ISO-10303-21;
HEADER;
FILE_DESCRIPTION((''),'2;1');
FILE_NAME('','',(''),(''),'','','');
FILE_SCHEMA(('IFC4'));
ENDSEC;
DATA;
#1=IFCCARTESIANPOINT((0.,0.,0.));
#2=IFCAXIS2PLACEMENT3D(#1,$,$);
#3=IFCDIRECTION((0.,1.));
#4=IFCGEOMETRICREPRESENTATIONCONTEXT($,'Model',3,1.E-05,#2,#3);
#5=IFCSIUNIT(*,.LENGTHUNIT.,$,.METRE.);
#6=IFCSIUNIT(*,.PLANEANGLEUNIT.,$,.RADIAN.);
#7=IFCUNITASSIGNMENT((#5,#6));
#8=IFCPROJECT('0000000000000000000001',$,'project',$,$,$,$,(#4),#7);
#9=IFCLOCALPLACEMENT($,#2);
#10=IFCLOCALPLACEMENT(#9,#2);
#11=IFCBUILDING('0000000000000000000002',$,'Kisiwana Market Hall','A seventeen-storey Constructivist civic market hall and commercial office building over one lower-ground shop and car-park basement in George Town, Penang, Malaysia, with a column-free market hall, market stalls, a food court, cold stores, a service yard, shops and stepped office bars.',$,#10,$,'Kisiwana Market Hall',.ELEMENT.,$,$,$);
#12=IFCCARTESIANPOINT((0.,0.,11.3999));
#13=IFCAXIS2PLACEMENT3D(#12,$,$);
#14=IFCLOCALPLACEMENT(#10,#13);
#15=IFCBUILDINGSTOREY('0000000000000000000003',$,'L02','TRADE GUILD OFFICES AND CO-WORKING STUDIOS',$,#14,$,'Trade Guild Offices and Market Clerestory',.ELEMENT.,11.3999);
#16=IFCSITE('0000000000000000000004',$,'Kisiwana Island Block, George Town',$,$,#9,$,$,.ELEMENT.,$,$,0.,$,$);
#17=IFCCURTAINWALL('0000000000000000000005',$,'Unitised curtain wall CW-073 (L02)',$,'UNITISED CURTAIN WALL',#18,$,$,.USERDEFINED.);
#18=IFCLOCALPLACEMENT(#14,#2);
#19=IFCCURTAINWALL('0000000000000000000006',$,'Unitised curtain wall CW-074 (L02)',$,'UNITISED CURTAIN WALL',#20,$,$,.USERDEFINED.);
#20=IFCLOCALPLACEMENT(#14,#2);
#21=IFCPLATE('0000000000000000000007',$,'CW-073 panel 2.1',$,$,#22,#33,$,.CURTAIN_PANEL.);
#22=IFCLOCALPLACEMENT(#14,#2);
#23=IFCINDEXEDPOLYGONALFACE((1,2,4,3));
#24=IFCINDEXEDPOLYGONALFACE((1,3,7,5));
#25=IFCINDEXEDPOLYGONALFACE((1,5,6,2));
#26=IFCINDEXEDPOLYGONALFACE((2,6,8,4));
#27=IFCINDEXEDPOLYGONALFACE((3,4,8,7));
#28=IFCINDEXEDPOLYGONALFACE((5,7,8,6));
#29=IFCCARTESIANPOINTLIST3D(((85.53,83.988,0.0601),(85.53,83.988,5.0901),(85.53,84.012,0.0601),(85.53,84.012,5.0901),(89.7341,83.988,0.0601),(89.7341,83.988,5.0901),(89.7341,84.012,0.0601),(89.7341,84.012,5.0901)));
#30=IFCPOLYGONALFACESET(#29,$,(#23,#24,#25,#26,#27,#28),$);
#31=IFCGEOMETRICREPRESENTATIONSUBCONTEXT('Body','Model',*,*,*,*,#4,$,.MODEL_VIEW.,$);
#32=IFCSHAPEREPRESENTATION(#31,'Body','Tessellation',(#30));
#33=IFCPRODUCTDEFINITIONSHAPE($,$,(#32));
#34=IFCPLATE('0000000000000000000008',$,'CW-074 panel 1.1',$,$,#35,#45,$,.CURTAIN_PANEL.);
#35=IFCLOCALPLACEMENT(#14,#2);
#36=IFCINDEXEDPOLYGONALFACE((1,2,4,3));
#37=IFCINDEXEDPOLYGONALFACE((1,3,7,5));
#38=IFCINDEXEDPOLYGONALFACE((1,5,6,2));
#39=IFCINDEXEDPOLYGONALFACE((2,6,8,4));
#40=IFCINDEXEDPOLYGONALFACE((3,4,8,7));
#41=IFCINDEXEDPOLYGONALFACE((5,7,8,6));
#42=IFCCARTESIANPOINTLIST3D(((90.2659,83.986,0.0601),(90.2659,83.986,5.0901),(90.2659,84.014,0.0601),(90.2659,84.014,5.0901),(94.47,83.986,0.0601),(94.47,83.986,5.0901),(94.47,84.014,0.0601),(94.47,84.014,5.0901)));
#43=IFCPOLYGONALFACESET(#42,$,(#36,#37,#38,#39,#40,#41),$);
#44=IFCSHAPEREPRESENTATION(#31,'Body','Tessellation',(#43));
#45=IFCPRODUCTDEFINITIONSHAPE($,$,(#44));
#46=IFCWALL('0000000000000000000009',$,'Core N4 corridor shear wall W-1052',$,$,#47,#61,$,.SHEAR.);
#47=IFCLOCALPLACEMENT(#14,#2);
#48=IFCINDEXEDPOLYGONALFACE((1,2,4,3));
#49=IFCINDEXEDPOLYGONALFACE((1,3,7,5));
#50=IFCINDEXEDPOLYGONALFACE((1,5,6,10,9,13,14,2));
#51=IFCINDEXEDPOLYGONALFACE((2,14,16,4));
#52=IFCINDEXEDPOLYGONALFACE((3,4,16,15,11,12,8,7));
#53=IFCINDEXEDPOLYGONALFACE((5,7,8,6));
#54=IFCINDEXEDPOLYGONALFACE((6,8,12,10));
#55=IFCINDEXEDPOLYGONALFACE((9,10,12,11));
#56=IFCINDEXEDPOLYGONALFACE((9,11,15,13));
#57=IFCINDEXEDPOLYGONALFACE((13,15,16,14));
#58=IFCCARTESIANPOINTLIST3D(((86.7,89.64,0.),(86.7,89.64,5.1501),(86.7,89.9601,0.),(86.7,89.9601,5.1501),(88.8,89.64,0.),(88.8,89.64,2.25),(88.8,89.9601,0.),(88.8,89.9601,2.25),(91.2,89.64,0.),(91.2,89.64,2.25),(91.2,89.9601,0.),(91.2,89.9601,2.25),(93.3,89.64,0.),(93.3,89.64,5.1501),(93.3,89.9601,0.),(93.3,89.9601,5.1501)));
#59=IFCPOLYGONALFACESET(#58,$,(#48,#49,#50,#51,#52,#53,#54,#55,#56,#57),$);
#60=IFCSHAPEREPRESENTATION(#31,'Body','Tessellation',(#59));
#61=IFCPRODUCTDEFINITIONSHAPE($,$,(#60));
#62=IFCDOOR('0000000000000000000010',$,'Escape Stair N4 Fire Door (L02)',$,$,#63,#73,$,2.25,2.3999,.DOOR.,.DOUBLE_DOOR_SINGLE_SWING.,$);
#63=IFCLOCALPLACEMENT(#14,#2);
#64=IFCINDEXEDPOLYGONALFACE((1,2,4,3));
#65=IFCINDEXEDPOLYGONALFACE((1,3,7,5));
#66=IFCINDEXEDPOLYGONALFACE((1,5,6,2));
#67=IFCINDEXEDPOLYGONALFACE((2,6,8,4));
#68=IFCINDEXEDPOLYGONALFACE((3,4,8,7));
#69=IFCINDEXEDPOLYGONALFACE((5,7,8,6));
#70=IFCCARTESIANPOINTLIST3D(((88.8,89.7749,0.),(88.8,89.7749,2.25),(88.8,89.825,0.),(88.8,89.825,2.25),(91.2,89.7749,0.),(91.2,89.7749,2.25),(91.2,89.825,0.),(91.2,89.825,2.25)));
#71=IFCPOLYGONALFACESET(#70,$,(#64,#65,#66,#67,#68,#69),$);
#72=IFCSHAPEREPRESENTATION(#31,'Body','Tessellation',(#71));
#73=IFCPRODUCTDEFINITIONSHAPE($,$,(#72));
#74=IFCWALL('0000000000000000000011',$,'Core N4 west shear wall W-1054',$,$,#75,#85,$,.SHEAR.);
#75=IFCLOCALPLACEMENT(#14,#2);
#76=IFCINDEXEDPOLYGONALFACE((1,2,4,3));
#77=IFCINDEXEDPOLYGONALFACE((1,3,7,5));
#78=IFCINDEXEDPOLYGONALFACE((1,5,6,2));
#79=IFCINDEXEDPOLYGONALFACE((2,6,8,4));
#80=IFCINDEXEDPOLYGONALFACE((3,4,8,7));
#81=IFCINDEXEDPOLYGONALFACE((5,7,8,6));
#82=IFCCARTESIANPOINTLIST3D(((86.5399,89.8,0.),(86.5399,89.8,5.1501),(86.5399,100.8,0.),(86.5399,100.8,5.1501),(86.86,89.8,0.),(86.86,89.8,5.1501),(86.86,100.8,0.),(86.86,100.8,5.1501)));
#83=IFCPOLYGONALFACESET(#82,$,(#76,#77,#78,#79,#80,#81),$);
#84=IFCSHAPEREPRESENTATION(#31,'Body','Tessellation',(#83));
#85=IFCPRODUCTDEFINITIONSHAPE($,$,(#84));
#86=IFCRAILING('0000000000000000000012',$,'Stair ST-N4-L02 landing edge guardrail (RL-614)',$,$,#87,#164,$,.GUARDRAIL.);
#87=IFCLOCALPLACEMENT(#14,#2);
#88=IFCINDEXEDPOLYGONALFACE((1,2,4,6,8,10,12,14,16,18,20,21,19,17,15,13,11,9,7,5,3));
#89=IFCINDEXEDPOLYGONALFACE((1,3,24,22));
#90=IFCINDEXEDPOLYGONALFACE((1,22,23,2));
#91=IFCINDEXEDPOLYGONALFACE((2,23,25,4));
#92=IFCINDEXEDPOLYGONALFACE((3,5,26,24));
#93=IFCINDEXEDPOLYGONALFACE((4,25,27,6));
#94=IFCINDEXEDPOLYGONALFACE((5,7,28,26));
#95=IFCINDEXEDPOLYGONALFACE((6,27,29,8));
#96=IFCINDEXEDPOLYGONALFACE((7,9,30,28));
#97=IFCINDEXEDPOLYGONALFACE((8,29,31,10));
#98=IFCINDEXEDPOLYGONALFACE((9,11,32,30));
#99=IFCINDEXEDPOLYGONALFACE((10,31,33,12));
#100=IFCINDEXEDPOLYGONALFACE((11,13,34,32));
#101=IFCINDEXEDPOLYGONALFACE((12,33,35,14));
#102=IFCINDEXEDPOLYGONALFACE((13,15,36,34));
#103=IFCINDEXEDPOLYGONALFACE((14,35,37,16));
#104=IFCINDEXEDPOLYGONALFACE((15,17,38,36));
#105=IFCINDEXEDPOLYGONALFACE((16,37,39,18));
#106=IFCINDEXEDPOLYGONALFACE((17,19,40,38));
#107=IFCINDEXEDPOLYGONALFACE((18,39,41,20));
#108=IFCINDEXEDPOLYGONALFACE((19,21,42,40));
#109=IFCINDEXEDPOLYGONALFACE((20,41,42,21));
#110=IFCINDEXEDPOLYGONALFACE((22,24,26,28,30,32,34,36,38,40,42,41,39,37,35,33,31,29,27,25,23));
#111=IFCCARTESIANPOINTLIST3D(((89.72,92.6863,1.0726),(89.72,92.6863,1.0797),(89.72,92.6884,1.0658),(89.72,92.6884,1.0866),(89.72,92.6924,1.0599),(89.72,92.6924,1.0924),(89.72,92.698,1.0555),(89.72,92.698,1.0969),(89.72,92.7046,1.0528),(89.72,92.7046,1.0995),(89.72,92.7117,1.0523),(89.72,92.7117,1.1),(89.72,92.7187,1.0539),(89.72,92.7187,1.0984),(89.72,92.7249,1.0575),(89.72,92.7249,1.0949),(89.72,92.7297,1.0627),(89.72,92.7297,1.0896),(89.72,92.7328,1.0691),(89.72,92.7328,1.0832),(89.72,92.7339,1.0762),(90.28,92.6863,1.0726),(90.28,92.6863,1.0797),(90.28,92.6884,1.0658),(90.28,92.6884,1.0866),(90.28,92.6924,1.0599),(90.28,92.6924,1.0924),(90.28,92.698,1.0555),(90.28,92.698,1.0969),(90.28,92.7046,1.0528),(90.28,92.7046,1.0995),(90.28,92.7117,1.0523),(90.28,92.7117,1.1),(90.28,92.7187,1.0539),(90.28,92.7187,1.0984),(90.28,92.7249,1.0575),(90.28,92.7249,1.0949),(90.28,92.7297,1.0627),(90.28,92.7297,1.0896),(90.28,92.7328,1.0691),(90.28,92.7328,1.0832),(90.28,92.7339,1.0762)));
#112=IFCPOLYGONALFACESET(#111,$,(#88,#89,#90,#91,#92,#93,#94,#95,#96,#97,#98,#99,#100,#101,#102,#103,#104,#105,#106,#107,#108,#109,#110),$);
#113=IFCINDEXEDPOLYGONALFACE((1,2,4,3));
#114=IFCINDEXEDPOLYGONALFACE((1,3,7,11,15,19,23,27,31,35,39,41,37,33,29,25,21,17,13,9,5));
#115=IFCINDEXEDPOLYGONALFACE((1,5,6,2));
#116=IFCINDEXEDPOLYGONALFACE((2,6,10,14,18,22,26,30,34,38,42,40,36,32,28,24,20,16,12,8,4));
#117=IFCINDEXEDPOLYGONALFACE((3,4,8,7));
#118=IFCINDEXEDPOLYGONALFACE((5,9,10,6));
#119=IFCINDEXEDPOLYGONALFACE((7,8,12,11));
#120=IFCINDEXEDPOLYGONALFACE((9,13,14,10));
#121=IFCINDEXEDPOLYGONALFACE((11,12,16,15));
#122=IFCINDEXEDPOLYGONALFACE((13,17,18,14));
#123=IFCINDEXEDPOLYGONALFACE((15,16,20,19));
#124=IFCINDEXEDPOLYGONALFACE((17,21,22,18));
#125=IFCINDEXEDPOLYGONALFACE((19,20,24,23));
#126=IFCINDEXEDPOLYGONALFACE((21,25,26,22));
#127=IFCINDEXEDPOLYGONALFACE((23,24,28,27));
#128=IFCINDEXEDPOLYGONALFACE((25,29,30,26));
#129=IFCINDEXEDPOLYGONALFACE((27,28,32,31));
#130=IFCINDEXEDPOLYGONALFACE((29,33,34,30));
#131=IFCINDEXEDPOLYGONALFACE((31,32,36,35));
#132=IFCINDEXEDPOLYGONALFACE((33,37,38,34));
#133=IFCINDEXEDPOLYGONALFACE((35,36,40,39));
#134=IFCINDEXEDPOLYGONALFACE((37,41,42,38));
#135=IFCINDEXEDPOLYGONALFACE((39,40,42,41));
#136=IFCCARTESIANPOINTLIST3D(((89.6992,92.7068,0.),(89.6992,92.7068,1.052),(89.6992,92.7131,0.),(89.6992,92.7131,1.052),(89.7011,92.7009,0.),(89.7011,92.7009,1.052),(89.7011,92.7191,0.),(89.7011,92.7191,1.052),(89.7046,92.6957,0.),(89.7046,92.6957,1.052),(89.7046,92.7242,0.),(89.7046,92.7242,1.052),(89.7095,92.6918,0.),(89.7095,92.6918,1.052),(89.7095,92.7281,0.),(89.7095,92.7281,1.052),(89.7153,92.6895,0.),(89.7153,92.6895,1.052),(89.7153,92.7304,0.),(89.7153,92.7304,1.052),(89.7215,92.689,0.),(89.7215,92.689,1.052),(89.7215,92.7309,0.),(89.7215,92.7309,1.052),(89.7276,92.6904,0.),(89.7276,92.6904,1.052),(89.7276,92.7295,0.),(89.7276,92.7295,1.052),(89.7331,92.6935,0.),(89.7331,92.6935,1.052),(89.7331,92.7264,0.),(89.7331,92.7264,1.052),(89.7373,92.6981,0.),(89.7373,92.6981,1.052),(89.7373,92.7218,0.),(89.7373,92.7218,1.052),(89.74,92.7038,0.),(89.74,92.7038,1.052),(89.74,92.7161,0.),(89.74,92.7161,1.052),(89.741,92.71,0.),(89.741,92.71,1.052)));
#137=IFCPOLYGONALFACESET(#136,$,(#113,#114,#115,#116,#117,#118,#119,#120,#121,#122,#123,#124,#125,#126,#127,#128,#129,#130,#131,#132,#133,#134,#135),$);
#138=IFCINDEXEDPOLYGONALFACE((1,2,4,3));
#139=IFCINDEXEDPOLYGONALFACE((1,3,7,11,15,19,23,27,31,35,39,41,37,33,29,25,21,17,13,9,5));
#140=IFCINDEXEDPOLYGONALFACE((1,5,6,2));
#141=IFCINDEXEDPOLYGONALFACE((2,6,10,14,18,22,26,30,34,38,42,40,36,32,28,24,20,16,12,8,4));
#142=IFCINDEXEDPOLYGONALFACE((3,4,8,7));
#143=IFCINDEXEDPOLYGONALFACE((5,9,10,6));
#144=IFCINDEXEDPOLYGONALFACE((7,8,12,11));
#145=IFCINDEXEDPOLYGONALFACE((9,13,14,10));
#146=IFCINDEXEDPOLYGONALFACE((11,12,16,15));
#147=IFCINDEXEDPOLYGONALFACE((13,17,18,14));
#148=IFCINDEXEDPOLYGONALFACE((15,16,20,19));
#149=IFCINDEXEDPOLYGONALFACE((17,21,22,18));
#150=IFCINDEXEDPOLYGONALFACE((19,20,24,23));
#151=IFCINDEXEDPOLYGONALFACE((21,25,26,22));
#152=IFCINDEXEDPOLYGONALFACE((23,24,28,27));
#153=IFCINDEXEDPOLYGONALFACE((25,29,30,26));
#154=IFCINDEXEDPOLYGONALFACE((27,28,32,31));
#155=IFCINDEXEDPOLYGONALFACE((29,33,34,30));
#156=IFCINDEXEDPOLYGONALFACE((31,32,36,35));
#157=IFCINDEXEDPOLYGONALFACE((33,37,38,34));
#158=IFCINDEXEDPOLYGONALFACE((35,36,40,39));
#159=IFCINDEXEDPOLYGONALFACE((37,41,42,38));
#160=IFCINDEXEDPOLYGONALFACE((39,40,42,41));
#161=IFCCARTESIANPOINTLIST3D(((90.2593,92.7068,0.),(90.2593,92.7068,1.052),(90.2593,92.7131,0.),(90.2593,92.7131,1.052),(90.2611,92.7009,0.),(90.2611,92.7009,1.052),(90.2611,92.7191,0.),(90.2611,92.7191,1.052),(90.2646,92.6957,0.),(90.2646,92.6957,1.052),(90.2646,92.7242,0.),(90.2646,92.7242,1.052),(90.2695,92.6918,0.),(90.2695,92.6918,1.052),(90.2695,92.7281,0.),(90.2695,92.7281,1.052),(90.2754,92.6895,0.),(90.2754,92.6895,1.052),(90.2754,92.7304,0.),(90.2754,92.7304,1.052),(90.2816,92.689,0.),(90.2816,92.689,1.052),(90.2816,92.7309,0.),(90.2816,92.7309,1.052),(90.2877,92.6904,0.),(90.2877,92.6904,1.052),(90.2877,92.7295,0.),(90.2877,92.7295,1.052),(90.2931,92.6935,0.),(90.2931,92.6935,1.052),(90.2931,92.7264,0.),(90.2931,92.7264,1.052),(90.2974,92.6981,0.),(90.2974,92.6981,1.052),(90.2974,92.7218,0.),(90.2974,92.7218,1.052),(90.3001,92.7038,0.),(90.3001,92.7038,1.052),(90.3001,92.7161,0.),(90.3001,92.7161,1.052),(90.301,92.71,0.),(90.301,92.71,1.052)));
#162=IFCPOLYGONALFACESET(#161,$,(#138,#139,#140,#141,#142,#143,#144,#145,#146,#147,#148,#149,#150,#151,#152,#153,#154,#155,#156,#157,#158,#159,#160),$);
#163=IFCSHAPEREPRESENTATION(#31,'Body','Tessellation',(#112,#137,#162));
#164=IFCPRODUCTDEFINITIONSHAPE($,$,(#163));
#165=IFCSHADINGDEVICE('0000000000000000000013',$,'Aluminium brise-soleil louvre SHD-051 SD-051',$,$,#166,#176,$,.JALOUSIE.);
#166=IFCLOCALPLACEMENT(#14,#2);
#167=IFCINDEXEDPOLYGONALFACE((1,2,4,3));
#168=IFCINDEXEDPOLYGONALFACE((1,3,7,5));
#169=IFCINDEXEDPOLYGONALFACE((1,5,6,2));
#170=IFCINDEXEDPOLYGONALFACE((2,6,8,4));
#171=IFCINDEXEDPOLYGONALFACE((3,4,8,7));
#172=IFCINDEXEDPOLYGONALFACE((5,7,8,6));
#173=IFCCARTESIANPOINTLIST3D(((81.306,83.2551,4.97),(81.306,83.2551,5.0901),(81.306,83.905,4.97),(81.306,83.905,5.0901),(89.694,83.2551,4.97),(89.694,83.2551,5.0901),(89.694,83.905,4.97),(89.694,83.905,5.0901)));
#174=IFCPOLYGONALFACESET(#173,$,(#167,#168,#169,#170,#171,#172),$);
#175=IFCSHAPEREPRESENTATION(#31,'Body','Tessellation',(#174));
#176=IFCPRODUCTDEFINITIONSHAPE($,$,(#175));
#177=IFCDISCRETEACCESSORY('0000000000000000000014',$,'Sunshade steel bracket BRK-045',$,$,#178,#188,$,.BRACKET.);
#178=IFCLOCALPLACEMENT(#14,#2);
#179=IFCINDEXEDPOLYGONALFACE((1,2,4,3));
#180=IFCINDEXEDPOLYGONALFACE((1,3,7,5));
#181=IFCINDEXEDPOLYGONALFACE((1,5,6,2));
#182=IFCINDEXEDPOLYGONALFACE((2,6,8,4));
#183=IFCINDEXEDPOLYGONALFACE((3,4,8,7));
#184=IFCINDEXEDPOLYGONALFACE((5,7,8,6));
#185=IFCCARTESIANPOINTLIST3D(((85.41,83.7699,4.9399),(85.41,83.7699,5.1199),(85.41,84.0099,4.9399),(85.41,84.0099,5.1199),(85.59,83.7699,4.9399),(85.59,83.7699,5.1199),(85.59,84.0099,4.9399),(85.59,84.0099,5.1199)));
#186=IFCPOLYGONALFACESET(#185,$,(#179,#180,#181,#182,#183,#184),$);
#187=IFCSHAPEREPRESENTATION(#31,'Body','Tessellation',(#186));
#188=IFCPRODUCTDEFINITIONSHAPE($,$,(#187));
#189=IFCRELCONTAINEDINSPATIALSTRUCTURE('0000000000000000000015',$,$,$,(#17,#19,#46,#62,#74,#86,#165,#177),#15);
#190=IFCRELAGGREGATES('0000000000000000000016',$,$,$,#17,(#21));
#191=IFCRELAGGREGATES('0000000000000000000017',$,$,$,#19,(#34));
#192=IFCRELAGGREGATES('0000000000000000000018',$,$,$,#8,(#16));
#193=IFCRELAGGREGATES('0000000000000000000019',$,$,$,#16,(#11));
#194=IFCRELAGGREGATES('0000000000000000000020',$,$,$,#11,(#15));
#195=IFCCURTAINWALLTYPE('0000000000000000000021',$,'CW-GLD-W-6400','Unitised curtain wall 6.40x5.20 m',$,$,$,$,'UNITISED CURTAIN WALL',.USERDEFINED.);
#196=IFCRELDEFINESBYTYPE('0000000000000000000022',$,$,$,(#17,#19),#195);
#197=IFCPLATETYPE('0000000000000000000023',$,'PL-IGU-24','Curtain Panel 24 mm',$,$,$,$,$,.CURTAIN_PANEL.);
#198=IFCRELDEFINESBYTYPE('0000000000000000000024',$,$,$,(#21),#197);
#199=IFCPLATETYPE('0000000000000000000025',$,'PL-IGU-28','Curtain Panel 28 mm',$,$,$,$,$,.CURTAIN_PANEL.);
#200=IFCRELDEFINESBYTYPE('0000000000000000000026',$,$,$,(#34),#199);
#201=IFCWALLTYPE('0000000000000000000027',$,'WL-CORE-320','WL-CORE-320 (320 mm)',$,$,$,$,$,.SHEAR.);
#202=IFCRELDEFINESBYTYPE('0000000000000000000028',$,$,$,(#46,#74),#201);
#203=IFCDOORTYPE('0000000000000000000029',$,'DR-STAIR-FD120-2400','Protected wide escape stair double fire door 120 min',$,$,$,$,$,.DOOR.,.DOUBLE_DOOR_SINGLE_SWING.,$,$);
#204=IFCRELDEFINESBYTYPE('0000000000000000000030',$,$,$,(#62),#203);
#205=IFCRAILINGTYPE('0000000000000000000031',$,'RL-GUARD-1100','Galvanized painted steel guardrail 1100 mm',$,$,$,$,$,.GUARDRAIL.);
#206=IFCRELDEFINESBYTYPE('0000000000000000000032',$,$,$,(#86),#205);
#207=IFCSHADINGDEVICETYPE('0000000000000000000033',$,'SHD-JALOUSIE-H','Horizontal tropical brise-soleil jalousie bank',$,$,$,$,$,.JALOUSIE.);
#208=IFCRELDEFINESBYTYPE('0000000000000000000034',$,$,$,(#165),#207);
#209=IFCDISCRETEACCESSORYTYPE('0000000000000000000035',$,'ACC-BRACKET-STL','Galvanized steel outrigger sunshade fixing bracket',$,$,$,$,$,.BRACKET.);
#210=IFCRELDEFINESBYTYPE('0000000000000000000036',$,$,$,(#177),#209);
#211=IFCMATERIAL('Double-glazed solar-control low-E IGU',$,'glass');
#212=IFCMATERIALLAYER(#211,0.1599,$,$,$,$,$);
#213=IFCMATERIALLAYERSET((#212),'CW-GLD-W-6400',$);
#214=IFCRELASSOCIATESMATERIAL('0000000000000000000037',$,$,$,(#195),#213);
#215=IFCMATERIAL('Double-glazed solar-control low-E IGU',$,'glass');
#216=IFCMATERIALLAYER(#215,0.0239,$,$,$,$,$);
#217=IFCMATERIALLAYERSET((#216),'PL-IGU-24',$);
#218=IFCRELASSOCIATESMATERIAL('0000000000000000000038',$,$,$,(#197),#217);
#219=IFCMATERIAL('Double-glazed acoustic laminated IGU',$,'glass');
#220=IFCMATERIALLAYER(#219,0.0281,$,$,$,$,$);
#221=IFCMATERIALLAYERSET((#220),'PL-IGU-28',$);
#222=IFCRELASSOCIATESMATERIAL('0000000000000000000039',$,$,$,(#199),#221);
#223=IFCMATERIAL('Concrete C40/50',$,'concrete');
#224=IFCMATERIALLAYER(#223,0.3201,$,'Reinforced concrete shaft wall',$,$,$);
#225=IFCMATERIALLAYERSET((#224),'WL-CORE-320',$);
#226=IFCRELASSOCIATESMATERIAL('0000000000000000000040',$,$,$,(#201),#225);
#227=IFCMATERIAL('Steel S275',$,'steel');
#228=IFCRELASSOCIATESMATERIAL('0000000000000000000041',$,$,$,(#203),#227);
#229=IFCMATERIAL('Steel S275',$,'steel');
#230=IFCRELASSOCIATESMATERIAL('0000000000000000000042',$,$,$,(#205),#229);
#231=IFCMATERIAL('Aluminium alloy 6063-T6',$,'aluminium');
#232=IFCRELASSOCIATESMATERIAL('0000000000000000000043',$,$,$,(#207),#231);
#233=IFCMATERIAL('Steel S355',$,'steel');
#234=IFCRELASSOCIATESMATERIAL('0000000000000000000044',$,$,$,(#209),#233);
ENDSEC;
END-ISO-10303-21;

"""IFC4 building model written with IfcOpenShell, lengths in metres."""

from ifc_helpers import new_model, si_unit, direction, frame, frame_2d, origin, origin_2d, place, context, subcontext, project, spatial, rectangle, circle, extrude, material, layer, layer_set, type_object, element, fill, aggregate, save


model = new_model("IFC4")

# Units and contexts
model_context = context("Model", 3, precision=1e-05, world=origin(), true_north=direction((0.0, 1.0)))
body_context = subcontext(model_context, "Body", "Model", "MODEL_VIEW")
ifc_project = project(units=[si_unit("LENGTHUNIT", "METRE"), si_unit("PLANEANGLEUNIT", "RADIAN")], contexts=[model_context])

# Site, building, storey
site_placement = place(None, origin())
site = spatial("IfcSite", under=ifc_project, at=site_placement, Name="Kisiwana Island Block, George Town", CompositionType="ELEMENT", RefElevation=0.0)
building_placement = place(site_placement, origin())
building = spatial("IfcBuilding", under=site, at=building_placement, Name="Kisiwana Market Hall", Description="A seventeen-storey Constructivist civic market hall and commercial office building over one lower-ground shop and car-park basement in George Town, Penang, Malaysia, with a column-free market hall, market stalls, a food court, cold stores, a service yard, shops and stepped office bars.", LongName="Kisiwana Market Hall", CompositionType="ELEMENT")
storey_placement = place(building_placement, frame((0.0, 0.0, 11.3999)))
storey = spatial("IfcBuildingStorey", under=building, at=storey_placement, Name="L02", Description="TRADE GUILD OFFICES AND CO-WORKING STUDIOS", LongName="Trade Guild Offices and Market Clerestory", CompositionType="ELEMENT", Elevation=11.3999)

# Curtain wall
ifc_material_1 = material(Name="Double-glazed solar-control low-E IGU", Category="glass")
ifc_layer_1 = layer(ifc_material_1, 0.1599)
ifc_layer_set_1 = layer_set([ifc_layer_1], Name="CW-GLD-W-6400")
curtain_wall_type = type_object("IfcCurtainWallType", Name="CW-GLD-W-6400", Description="Unitised curtain wall 6.40x5.20 m", ElementType="UNITISED CURTAIN WALL", PredefinedType="USERDEFINED", material=ifc_layer_set_1)
curtain_wall_1_placement = place(storey_placement, origin())
curtain_wall_1 = element("IfcCurtainWall", 1, at=curtain_wall_1_placement, inside=storey, type_object=curtain_wall_type, Name="Unitised curtain wall CW-073 (L02)", ObjectType="UNITISED CURTAIN WALL", PredefinedType="USERDEFINED")

# Curtain wall
curtain_wall_2_placement = place(storey_placement, origin())
curtain_wall_2 = element("IfcCurtainWall", 2, at=curtain_wall_2_placement, inside=storey, type_object=curtain_wall_type, Name="Unitised curtain wall CW-074 (L02)", ObjectType="UNITISED CURTAIN WALL", PredefinedType="USERDEFINED")

# Plates
ifc_material_2 = material(Name="Double-glazed solar-control low-E IGU", Category="glass")
ifc_layer_2 = layer(ifc_material_2, 0.0239)
ifc_layer_set_2 = layer_set([ifc_layer_2], Name="PL-IGU-24")
plate_type_1 = type_object("IfcPlateType", Name="PL-IGU-24", Description="Curtain Panel 24 mm", PredefinedType="CURTAIN_PANEL", material=ifc_layer_set_2)
plate_1_placement = place(storey_placement, frame((87.6321, 84.0, 0.0601), z_axis=(0.0, 0.0, 1.0), x_axis=(1.0, 0.0, 0.0)))
plate_1 = element("IfcPlate", 3, at=plate_1_placement, type_object=plate_type_1, Name="CW-073 panel 2.1", PredefinedType="CURTAIN_PANEL", context=body_context, shape_type="SweptSolid", body=[
    extrude(rectangle(XDim=4.2041, YDim=0.0239, at=origin_2d()), origin(), (0.0, 0.0, 1.0), 5.03),
])
aggregate(curtain_wall_1, [plate_1])
ifc_material_3 = material(Name="Double-glazed acoustic laminated IGU", Category="glass")
ifc_layer_3 = layer(ifc_material_3, 0.0281)
ifc_layer_set_3 = layer_set([ifc_layer_3], Name="PL-IGU-28")
plate_type_2 = type_object("IfcPlateType", Name="PL-IGU-28", Description="Curtain Panel 28 mm", PredefinedType="CURTAIN_PANEL", material=ifc_layer_set_3)
plate_2_placement = place(storey_placement, frame((92.3679, 84.0, 0.0601), z_axis=(0.0, 0.0, 1.0), x_axis=(1.0, 0.0, 0.0)))
plate_2 = element("IfcPlate", 4, at=plate_2_placement, type_object=plate_type_2, Name="CW-074 panel 1.1", PredefinedType="CURTAIN_PANEL", context=body_context, shape_type="SweptSolid", body=[
    extrude(rectangle(XDim=4.2041, YDim=0.0281, at=origin_2d()), origin(), (0.0, 0.0, 1.0), 5.03),
])
aggregate(curtain_wall_2, [plate_2])

# Wall, opening, door
ifc_material_4 = material(Name="Concrete C40/50", Category="concrete")
ifc_layer_4 = layer(ifc_material_4, 0.3201, Name="Reinforced concrete shaft wall")
ifc_layer_set_4 = layer_set([ifc_layer_4], Name="WL-CORE-320")
wall_type = type_object("IfcWallType", Name="WL-CORE-320", Description="WL-CORE-320 (320 mm)", PredefinedType="SHEAR", material=ifc_layer_set_4)
wall_1_placement = place(storey_placement, frame((86.7, 89.8, 0.0), z_axis=(0.0, 0.0, 1.0), x_axis=(1.0, 0.0, 0.0)))
wall_1 = element("IfcWall", 5, at=wall_1_placement, inside=storey, type_object=wall_type, Name="Core N4 corridor shear wall W-1052", PredefinedType="SHEAR", context=body_context, shape_type="SweptSolid", body=[
    extrude(rectangle(XDim=6.6001, YDim=0.3201, at=frame_2d((3.3, 0.0))), origin(), (0.0, 0.0, 1.0), 5.1501),
])
opening_placement = place(wall_1_placement, frame((2.1001, 0.0, 0.0)))
opening = element("IfcOpeningElement", 6, at=opening_placement, cuts=wall_1, PredefinedType="OPENING", context=body_context, shape_type="SweptSolid", body=[
    extrude(rectangle(XDim=2.3999, YDim=2.25, at=frame_2d((1.2, 1.125))), frame((0.0, 0.1719, 0.0), z_axis=(0.0, -1.0, 0.0), x_axis=(1.0, 0.0, 0.0)), (0.0, 0.0, 1.0), 0.344),
])
ifc_material_5 = material(Name="Steel S275", Category="steel")
door_type = type_object("IfcDoorType", Name="DR-STAIR-FD120-2400", Description="Protected wide escape stair double fire door 120 min", OperationType="DOUBLE_DOOR_SINGLE_SWING", PredefinedType="DOOR", material=ifc_material_5)
door_placement = place(opening_placement, origin())
door = element("IfcDoor", 7, at=door_placement, inside=storey, type_object=door_type, Name="Escape Stair N4 Fire Door (L02)", OperationType="DOUBLE_DOOR_SINGLE_SWING", OverallHeight=2.25, OverallWidth=2.3999, PredefinedType="DOOR", context=body_context, shape_type="SweptSolid", body=[
    extrude(rectangle(XDim=2.3999, YDim=2.25, at=frame_2d((1.2, 1.125))), frame((0.0, 0.0249, 0.0), z_axis=(0.0, -1.0, 0.0), x_axis=(1.0, 0.0, 0.0)), (0.0, 0.0, 1.0), 0.05),
])
fill(opening, door)

# Wall
wall_2_placement = place(storey_placement, frame((86.7, 89.8, 0.0), z_axis=(0.0, 0.0, 1.0), x_axis=(0.0, 1.0, 0.0)))
element("IfcWall", 8, at=wall_2_placement, inside=storey, type_object=wall_type, Name="Core N4 west shear wall W-1054", PredefinedType="SHEAR", context=body_context, shape_type="SweptSolid", body=[
    extrude(rectangle(XDim=11.0, YDim=0.3201, at=frame_2d((5.5, 0.0))), origin(), (0.0, 0.0, 1.0), 5.1501),
])

# Railing
ifc_material_6 = material(Name="Steel S275", Category="steel")
railing_type = type_object("IfcRailingType", Name="RL-GUARD-1100", Description="Galvanized painted steel guardrail 1100 mm", PredefinedType="GUARDRAIL", material=ifc_material_6)
railing_placement = place(storey_placement, frame((89.72, 92.71, 0.0)))
element("IfcRailing", 9, at=railing_placement, inside=storey, type_object=railing_type, Name="Stair ST-N4-L02 landing edge guardrail (RL-614)", PredefinedType="GUARDRAIL", context=body_context, shape_type="SweptSolid", body=[
    extrude(circle(Radius=0.0239, at=origin_2d()), frame((0.0, 0.0, 1.0762), z_axis=(1.0, 0.0, 0.0), x_axis=(0.0, 1.0, 0.0)), (0.0, 0.0, 1.0), 0.5601),
    extrude(circle(Radius=0.021, at=origin_2d()), origin(), (0.0, 0.0, 1.0), 1.052),
    extrude(circle(Radius=0.021, at=origin_2d()), frame((0.5601, 0.0, 0.0)), (0.0, 0.0, 1.0), 1.052),
])

# Shading device
ifc_material_7 = material(Name="Aluminium alloy 6063-T6", Category="aluminium")
shading_device_type = type_object("IfcShadingDeviceType", Name="SHD-JALOUSIE-H", Description="Horizontal tropical brise-soleil jalousie bank", PredefinedType="JALOUSIE", material=ifc_material_7)
shading_device_placement = place(storey_placement, frame((85.5, 83.5801, 4.97), z_axis=(0.0, 0.0, 1.0), x_axis=(1.0, 0.0, 0.0)))
element("IfcShadingDevice", 10, at=shading_device_placement, inside=storey, type_object=shading_device_type, Name="Aluminium brise-soleil louvre SHD-051 SD-051", PredefinedType="JALOUSIE", context=body_context, shape_type="SweptSolid", body=[
    extrude(rectangle(XDim=8.3879, YDim=0.6499, at=origin_2d()), origin(), (0.0, 0.0, 1.0), 0.1201),
])

# Discrete accessory
ifc_material_8 = material(Name="Steel S355", Category="steel")
discrete_accessory_type = type_object("IfcDiscreteAccessoryType", Name="ACC-BRACKET-STL", Description="Galvanized steel outrigger sunshade fixing bracket", PredefinedType="BRACKET", material=ifc_material_8)
discrete_accessory_placement = place(storey_placement, frame((85.5, 83.8899, 4.9399), z_axis=(0.0, 0.0, 1.0), x_axis=(1.0, 0.0, 0.0)))
element("IfcDiscreteAccessory", 11, at=discrete_accessory_placement, inside=storey, type_object=discrete_accessory_type, Name="Sunshade steel bracket BRK-045", PredefinedType="BRACKET", context=body_context, shape_type="SweptSolid", body=[
    extrude(rectangle(XDim=0.1799, YDim=0.24, at=origin_2d()), origin(), (0.0, 0.0, 1.0), 0.1799),
])

save(model, "model.ifc")
